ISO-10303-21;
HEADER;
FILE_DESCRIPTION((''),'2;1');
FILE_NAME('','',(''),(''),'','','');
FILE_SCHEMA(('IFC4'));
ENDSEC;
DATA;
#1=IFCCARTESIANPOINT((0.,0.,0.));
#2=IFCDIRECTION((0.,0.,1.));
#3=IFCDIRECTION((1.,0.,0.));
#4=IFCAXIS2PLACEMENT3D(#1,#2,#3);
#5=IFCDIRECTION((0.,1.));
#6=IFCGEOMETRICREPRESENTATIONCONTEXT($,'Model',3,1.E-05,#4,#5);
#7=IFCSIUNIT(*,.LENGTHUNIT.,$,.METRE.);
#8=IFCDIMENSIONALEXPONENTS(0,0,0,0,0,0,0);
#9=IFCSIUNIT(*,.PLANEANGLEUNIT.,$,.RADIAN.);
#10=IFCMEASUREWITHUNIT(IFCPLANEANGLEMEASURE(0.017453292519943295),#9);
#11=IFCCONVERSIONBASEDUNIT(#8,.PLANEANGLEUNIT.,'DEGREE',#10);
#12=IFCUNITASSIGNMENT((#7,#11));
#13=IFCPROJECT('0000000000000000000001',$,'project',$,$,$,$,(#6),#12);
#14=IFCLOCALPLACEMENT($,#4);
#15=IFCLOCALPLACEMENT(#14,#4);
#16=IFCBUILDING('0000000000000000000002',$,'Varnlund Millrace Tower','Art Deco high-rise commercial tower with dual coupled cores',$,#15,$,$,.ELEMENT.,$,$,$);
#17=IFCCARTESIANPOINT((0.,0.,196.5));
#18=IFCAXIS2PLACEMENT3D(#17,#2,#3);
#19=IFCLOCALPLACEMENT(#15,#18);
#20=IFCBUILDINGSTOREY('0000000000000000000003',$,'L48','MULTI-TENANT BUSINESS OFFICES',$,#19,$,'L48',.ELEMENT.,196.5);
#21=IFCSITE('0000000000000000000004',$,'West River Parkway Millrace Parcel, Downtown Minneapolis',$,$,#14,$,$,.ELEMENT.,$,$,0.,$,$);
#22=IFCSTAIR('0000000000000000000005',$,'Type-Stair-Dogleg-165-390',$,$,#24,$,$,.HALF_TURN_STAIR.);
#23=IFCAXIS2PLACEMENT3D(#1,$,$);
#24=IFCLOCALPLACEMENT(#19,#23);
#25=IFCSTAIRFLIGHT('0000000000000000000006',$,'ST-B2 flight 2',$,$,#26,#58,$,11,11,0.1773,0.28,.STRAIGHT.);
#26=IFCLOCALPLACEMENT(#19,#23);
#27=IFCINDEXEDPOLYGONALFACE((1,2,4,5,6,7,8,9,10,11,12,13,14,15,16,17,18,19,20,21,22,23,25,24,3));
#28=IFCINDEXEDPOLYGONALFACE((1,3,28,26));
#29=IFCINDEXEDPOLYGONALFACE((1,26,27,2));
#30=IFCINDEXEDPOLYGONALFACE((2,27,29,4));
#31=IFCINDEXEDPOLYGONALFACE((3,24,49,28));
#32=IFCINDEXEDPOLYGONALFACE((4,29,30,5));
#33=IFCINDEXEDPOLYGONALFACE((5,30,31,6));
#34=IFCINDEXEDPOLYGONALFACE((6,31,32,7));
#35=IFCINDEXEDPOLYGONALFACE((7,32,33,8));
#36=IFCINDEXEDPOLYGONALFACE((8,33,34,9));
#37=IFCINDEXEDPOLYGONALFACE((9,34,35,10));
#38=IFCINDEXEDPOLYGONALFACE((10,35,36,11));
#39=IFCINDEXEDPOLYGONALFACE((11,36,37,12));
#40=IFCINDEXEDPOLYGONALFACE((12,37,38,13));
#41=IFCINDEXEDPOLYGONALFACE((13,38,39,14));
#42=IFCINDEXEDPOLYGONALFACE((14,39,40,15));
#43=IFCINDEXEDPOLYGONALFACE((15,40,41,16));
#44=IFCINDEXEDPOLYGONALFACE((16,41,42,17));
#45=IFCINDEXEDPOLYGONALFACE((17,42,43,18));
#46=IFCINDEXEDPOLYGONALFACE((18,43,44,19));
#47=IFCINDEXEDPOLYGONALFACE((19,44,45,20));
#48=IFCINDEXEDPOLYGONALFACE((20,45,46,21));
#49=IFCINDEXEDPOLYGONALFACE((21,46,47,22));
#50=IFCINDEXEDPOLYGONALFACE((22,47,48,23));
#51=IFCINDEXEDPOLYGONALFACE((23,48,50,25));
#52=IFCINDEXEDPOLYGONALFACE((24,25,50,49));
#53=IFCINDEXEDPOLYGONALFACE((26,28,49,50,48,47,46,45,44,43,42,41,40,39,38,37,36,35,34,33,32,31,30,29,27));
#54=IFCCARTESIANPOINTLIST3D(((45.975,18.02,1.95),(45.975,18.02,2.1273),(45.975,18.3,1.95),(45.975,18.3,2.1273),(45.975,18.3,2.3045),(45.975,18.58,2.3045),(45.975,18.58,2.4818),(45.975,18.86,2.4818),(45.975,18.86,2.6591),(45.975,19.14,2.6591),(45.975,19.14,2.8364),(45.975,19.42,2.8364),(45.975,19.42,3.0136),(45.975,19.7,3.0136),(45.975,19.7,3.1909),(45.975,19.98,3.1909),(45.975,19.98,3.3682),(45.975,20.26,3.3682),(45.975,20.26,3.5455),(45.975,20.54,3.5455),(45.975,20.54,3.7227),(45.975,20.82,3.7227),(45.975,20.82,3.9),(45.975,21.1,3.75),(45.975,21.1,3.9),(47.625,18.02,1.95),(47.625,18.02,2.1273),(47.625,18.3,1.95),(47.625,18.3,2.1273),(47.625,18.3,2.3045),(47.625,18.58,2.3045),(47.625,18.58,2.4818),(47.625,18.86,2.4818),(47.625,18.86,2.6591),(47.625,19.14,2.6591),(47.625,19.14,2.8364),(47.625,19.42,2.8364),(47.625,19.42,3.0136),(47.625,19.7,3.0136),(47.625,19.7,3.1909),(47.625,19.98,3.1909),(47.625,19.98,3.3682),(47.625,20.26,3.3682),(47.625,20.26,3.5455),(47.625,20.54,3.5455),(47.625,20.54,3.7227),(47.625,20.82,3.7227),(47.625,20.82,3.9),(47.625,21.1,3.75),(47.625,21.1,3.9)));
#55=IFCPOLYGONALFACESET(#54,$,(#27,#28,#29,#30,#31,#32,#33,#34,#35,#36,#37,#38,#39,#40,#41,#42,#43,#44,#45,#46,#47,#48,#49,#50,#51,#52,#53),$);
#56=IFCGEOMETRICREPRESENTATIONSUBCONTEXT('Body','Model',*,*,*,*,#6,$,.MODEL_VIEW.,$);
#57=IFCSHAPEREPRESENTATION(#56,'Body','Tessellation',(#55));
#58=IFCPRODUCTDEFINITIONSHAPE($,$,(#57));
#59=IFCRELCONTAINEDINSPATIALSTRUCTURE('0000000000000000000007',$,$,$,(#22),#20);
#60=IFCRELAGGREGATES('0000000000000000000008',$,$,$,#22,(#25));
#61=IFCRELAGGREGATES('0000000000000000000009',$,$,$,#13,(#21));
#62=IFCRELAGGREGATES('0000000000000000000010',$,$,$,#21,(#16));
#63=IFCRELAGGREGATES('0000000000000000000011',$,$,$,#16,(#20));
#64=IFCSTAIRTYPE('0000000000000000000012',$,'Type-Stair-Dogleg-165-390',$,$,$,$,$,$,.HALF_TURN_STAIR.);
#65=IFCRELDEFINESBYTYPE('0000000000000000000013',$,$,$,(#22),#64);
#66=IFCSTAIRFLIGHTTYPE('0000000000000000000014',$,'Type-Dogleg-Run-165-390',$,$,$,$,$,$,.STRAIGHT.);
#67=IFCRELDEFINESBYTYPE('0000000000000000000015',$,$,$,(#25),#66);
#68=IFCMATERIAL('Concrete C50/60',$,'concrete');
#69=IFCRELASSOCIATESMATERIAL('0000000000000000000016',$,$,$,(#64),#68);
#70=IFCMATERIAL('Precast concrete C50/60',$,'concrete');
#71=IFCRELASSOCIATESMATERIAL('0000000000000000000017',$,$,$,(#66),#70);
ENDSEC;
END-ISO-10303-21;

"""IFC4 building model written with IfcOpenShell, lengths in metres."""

from ifc_helpers import new_model, entity, si_unit, converted_unit, direction, frame, origin_with_axes, place, context, subcontext, project, spatial, polyline, outline, extrude, material, type_object, element, aggregate, save


model = new_model("IFC4")

# Units and contexts
model_context = context("Model", 3, precision=1e-05, world=origin_with_axes(), true_north=direction((0.0, 1.0)))
body_context = subcontext(model_context, "Body", "Model", "MODEL_VIEW")
ifc_project = project(units=[si_unit("LENGTHUNIT", "METRE"), converted_unit("PLANEANGLEUNIT", "DEGREE", entity("IfcPlaneAngleMeasure", 0.017453292519943295), si_unit("PLANEANGLEUNIT", "RADIAN"), dimensions=[0, 0, 0, 0, 0, 0, 0])], contexts=[model_context])

# Site, building, storey
site_placement = place(None, origin_with_axes())
site = spatial("IfcSite", under=ifc_project, at=site_placement, Name="West River Parkway Millrace Parcel, Downtown Minneapolis", CompositionType="ELEMENT", RefElevation=0.0)
building_placement = place(site_placement, origin_with_axes())
building = spatial("IfcBuilding", under=site, at=building_placement, Name="Varnlund Millrace Tower", Description="Art Deco high-rise commercial tower with dual coupled cores", CompositionType="ELEMENT")
storey_placement = place(building_placement, frame((0.0, 0.0, 196.5), z_axis=(0.0, 0.0, 1.0), x_axis=(1.0, 0.0, 0.0)))
storey = spatial("IfcBuildingStorey", under=building, at=storey_placement, Name="L48", Description="MULTI-TENANT BUSINESS OFFICES", LongName="L48", CompositionType="ELEMENT", Elevation=196.5)

# Shared definitions
ifc_material_1 = material(Name="Precast concrete C50/60", Category="concrete")

# Stair, stair flight
ifc_material_2 = material(Name="Concrete C50/60", Category="concrete")
stair_type = type_object("IfcStairType", Name="Type-Stair-Dogleg-165-390", PredefinedType="HALF_TURN_STAIR", material=ifc_material_2)
stair_placement = place(storey_placement, origin_with_axes())
stair = element("IfcStair", 1, at=stair_placement, inside=storey, type_object=stair_type, Name="Type-Stair-Dogleg-165-390", PredefinedType="HALF_TURN_STAIR")
stair_flight_type = type_object("IfcStairFlightType", Name="Type-Dogleg-Run-165-390", PredefinedType="STRAIGHT", material=ifc_material_1)
stair_flight_placement = place(storey_placement, frame((45.975, 18.02, 1.95), z_axis=(1.0, 0.0, 0.0), x_axis=(0.0, 1.0, 0.0)))
stair_flight = element("IfcStairFlight", 2, at=stair_flight_placement, type_object=stair_flight_type, Name="ST-B2 flight 2", NumberOfRisers=11, NumberOfTreads=11, PredefinedType="STRAIGHT", RiserHeight=0.1773, TreadLength=0.28, context=body_context, shape_type="SweptSolid", body=[
    extrude(outline(polyline([(0.0, 0.0), (0.0, 0.1773), (0.28, 0.1773), (0.28, 0.3545), (0.56, 0.3545), (0.56, 0.5318), (0.84, 0.5318), (0.84, 0.7091), (1.12, 0.7091), (1.12, 0.8864), (1.4, 0.8864), (1.4, 1.0636), (1.68, 1.0636), (1.68, 1.2409), (1.96, 1.2409), (1.96, 1.4182), (2.24, 1.4182), (2.24, 1.5955), (2.52, 1.5955), (2.52, 1.7727), (2.8, 1.7727), (2.8, 1.95), (3.08, 1.95), (3.08, 1.8), (0.28, 0.0), (0.0, 0.0)])), origin_with_axes(), (0.0, 0.0, 1.0), 1.65),
])
aggregate(stair, [stair_flight])

save(model, "model.ifc")
